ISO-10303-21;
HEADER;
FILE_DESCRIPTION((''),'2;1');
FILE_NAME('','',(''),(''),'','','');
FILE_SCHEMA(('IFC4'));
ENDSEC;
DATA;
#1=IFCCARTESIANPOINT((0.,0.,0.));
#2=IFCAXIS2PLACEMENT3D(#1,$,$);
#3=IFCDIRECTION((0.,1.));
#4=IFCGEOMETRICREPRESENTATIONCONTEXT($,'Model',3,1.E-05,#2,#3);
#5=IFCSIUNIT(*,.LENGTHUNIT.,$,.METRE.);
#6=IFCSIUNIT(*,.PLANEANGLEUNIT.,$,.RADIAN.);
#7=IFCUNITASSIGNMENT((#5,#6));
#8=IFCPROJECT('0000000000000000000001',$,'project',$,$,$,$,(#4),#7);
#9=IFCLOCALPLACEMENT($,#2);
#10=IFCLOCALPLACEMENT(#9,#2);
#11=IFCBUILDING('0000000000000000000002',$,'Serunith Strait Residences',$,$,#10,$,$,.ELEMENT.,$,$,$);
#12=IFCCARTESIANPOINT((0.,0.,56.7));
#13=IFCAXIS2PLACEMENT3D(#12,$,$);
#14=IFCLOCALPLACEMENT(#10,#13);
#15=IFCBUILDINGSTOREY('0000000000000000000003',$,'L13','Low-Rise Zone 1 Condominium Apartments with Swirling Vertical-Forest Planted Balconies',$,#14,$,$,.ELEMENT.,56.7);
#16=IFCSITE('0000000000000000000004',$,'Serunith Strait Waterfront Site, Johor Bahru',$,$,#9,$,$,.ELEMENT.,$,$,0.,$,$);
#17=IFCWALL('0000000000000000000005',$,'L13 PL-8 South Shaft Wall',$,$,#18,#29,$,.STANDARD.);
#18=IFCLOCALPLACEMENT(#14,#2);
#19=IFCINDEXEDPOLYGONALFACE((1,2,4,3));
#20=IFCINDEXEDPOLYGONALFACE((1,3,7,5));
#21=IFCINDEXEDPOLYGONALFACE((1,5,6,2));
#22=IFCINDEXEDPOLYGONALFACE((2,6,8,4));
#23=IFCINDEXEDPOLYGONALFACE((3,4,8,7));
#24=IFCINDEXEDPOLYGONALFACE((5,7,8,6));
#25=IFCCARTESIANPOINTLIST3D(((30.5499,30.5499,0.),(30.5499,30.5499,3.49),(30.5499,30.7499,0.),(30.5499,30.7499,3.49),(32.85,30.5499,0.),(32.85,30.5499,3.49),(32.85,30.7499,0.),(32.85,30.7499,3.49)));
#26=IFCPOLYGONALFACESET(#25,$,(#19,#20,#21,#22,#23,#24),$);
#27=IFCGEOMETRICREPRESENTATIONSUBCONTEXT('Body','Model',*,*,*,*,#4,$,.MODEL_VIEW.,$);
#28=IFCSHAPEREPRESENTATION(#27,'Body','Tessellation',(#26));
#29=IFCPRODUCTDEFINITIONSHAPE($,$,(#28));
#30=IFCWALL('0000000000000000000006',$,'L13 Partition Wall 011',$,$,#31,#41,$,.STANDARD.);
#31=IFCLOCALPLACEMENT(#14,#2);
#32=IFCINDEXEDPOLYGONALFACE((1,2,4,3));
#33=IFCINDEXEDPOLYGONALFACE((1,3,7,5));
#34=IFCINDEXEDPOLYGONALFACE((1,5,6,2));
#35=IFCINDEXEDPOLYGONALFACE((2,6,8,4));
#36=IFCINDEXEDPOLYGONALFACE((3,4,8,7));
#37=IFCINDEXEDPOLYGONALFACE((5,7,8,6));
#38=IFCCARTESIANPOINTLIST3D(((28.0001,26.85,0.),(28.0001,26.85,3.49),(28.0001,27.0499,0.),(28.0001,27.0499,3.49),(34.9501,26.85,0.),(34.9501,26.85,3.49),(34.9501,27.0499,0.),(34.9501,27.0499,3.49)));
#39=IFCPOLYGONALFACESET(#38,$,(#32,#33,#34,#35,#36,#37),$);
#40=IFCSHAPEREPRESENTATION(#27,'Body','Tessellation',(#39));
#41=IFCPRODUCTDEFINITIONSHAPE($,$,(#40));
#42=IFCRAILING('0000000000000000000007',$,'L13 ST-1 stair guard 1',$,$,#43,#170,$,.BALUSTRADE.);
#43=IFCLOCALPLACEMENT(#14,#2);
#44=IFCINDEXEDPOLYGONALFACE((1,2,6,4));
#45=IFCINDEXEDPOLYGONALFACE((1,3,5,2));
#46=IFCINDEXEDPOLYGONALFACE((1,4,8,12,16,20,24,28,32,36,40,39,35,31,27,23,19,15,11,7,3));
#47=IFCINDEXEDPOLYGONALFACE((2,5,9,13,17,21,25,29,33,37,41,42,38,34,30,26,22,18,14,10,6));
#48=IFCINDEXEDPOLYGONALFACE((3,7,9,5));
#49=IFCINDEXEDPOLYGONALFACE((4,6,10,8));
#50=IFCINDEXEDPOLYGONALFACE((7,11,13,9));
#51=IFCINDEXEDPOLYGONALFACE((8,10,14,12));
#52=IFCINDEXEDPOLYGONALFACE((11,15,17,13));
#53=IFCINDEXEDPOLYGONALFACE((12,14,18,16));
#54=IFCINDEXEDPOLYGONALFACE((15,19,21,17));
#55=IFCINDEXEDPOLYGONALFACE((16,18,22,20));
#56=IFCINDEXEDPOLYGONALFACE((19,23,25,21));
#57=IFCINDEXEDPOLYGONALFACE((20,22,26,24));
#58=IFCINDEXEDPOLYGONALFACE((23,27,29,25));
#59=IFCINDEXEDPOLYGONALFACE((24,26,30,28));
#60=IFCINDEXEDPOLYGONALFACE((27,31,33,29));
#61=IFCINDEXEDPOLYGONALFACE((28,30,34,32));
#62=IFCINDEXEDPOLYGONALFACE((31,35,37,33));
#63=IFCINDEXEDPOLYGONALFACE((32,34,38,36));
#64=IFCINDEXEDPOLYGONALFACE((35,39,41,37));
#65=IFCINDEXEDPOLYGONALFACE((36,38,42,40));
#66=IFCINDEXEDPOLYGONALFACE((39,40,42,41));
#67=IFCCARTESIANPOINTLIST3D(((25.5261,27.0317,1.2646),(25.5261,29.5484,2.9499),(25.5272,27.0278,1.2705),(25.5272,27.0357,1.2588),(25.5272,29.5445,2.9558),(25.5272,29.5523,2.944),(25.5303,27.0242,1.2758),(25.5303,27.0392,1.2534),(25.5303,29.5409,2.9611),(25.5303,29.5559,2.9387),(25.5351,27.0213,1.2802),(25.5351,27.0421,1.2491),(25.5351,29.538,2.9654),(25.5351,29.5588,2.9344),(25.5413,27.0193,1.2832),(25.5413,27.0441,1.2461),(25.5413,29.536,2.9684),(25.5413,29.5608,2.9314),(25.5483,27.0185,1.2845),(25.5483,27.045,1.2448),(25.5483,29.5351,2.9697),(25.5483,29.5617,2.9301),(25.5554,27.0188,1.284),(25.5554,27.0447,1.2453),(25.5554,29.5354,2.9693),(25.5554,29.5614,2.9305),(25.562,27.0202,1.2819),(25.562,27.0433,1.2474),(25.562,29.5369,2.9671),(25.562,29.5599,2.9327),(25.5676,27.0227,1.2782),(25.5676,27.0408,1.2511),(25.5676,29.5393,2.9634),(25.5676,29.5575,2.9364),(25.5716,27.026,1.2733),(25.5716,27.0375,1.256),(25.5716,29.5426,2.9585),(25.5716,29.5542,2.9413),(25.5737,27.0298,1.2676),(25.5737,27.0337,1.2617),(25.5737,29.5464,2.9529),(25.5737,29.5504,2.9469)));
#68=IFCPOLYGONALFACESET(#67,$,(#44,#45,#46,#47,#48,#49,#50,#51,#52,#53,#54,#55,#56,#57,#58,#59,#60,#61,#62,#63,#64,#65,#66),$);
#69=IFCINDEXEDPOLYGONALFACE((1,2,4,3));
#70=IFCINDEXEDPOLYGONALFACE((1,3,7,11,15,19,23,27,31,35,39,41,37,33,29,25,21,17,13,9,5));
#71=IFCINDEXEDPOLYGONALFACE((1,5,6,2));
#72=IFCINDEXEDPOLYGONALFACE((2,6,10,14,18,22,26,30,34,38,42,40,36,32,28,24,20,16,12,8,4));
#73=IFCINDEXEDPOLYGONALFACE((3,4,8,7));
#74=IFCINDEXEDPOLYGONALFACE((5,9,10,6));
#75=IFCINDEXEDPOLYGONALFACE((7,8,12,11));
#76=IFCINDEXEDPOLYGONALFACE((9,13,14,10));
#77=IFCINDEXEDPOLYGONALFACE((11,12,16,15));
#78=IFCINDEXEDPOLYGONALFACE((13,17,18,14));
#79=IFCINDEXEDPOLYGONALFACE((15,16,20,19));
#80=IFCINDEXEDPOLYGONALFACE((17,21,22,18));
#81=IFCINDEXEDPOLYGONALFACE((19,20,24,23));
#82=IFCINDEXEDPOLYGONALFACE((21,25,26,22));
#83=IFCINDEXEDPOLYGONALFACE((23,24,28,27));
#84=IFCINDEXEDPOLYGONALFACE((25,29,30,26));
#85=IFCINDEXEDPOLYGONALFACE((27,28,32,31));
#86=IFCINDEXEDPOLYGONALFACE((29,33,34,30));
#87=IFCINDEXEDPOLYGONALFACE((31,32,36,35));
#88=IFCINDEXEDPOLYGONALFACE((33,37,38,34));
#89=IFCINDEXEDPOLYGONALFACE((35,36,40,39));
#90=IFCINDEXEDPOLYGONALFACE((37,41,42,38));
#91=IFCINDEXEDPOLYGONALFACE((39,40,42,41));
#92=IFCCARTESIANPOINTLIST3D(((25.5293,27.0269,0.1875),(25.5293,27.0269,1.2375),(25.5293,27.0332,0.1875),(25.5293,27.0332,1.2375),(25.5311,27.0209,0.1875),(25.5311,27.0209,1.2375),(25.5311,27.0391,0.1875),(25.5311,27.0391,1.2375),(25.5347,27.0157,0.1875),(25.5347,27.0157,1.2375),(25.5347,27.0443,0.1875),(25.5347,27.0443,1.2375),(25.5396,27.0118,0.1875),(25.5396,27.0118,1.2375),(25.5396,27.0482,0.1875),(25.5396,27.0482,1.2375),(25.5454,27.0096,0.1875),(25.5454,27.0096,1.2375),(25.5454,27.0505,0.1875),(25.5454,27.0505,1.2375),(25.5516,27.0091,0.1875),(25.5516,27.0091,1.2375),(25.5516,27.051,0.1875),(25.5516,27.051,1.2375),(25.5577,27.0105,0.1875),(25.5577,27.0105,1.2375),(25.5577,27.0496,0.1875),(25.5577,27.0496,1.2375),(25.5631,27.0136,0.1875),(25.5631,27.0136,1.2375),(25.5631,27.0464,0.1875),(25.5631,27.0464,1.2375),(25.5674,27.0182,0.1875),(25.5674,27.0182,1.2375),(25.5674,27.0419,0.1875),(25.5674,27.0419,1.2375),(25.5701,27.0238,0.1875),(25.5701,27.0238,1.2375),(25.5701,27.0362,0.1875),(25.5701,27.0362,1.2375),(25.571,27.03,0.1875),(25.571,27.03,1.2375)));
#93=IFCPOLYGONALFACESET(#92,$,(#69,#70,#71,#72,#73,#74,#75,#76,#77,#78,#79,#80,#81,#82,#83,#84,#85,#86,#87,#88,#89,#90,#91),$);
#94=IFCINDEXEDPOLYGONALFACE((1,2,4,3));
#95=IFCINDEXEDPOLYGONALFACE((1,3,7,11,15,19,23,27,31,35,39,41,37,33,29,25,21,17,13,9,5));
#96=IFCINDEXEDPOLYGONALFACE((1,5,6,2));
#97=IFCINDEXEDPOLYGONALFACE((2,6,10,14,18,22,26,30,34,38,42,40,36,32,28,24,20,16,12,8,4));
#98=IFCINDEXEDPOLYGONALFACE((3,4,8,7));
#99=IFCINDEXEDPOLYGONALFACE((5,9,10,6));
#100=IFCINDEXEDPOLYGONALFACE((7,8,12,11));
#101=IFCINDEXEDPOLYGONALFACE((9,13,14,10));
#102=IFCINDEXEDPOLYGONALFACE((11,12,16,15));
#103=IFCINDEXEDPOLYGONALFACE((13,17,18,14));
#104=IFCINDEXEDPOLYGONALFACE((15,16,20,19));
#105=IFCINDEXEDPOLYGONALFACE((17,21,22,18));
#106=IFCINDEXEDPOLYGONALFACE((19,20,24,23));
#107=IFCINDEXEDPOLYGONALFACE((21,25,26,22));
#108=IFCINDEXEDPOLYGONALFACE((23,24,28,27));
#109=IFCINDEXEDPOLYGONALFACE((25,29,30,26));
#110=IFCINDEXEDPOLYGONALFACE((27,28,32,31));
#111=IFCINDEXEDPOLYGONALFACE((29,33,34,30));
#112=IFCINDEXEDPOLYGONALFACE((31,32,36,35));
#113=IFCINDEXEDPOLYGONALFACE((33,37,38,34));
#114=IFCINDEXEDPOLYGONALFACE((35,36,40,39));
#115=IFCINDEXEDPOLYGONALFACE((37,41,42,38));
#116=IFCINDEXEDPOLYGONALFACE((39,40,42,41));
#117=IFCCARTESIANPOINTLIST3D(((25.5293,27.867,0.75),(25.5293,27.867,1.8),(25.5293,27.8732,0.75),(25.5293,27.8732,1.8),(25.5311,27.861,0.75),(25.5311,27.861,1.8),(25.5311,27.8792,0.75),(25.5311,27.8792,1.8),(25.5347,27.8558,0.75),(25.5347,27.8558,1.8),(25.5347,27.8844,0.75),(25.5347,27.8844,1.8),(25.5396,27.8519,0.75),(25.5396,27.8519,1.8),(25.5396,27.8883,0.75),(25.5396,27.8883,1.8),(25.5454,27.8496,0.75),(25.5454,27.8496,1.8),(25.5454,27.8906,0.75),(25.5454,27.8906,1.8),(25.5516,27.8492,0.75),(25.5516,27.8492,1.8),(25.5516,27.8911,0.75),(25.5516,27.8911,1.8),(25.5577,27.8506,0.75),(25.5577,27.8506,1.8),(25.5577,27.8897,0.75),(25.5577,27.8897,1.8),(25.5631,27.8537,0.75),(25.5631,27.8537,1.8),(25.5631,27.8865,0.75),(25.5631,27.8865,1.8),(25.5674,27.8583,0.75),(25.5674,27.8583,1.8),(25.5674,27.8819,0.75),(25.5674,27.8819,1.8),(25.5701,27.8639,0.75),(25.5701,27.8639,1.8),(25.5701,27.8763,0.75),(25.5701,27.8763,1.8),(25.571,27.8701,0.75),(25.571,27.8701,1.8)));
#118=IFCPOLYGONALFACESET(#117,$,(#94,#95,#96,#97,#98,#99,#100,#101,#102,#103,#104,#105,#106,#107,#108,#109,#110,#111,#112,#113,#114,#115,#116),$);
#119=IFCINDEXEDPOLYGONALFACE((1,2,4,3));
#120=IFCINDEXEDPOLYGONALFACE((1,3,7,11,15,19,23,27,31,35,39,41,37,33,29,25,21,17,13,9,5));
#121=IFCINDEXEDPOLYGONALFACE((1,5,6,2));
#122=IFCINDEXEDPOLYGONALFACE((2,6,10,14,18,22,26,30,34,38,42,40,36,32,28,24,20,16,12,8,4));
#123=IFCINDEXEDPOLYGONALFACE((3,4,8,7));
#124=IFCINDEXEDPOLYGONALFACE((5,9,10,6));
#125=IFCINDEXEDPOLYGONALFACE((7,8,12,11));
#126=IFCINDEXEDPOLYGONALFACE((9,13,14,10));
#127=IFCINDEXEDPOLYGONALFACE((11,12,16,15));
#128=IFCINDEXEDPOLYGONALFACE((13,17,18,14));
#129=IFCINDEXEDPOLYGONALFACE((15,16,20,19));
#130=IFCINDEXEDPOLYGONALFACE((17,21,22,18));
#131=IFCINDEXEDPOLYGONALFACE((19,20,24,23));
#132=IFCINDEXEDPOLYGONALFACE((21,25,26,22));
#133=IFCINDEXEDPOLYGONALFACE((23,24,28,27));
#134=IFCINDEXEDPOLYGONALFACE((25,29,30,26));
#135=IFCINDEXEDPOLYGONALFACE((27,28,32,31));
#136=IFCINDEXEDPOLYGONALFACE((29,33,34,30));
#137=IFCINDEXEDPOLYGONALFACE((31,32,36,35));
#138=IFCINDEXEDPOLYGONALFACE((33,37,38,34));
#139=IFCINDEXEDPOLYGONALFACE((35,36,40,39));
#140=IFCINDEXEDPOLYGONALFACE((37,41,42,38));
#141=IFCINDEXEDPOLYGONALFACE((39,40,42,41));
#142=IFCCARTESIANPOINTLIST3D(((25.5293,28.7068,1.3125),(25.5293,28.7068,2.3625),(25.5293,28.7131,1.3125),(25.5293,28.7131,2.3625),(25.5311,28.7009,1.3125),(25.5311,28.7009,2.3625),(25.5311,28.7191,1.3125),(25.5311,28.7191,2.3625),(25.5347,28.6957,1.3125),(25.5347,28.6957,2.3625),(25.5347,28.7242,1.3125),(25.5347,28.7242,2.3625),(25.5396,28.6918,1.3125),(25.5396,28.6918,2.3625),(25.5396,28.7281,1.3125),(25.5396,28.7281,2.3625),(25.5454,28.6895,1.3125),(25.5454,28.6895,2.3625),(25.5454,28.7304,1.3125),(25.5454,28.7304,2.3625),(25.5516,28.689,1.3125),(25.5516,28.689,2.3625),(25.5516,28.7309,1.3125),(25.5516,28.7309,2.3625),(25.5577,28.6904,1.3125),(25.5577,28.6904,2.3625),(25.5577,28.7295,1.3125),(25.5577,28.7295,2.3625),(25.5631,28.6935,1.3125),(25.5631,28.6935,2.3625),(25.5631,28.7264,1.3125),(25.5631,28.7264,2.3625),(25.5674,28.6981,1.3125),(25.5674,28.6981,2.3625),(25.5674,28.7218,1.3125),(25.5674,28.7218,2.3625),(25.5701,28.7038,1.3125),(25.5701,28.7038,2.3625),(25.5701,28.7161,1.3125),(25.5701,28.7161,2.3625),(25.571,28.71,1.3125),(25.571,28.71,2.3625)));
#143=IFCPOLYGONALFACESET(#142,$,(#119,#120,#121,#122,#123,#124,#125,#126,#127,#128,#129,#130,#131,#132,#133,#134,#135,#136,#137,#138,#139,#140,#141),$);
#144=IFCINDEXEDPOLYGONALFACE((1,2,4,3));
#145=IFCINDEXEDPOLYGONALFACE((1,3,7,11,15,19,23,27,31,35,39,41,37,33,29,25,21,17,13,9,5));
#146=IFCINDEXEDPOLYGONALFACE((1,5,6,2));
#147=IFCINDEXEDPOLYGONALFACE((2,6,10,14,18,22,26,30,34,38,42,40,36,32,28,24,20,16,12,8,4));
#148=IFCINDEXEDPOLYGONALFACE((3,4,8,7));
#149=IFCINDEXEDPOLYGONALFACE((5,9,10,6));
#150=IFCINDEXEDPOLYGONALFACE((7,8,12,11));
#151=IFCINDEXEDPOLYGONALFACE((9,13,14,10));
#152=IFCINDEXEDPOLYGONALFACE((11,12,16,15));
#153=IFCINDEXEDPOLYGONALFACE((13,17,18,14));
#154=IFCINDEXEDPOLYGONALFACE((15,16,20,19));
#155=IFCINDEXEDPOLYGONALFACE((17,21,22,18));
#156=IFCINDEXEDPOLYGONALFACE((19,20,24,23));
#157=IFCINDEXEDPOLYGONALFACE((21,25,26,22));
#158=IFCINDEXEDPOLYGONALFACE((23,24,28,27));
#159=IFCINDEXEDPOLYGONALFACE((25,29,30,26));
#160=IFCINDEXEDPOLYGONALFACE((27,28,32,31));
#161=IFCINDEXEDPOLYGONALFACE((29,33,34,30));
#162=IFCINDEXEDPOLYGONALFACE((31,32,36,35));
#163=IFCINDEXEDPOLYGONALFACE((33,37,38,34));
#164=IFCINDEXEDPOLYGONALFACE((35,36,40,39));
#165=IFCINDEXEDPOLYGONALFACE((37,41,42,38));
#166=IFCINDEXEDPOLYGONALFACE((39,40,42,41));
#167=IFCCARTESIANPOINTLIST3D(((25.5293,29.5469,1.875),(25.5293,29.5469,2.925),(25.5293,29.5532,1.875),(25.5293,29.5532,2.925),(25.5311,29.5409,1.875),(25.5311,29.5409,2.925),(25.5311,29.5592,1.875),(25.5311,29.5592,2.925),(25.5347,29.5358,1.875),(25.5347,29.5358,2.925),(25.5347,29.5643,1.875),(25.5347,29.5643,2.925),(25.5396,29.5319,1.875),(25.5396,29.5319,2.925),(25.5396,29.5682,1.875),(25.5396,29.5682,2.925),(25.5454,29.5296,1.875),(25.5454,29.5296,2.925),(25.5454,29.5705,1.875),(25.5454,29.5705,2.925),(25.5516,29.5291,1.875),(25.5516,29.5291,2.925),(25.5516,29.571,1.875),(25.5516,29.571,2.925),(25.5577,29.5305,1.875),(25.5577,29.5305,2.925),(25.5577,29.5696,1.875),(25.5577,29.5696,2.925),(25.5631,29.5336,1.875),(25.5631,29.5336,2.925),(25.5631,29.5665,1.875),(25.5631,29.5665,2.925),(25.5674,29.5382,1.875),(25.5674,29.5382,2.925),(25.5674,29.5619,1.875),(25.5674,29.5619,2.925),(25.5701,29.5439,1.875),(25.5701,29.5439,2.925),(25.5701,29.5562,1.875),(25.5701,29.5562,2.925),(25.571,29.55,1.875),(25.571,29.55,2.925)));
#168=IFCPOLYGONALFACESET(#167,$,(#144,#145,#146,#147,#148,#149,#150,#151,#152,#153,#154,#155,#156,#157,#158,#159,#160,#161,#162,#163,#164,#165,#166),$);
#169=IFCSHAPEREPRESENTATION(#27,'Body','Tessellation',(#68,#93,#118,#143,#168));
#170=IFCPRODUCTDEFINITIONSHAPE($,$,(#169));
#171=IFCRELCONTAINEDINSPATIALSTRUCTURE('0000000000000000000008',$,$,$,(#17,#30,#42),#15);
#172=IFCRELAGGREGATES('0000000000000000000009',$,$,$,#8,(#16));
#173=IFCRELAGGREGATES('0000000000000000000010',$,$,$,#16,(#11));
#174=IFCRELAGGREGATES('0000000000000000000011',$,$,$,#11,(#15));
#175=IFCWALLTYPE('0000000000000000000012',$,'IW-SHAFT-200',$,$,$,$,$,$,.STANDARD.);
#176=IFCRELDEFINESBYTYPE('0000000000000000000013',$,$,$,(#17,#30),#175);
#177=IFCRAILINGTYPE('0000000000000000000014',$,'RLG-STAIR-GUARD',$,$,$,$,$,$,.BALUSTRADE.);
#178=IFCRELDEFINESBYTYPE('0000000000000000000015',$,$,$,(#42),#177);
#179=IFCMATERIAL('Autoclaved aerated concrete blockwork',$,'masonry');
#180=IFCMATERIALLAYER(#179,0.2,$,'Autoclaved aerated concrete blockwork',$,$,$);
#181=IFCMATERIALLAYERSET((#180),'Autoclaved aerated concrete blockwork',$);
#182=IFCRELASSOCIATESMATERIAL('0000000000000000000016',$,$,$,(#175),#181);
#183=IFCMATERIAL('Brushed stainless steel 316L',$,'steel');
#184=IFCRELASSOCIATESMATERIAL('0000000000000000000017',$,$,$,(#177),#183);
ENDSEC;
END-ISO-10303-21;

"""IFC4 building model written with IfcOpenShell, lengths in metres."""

from ifc_helpers import new_model, si_unit, direction, frame, frame_2d, origin, origin_2d, place, context, subcontext, project, spatial, rectangle, circle, extrude, material, layer, layer_set, type_object, element, save


model = new_model("IFC4")

# Units and contexts
model_context = context("Model", 3, precision=1e-05, world=origin(), true_north=direction((0.0, 1.0)))
body_context = subcontext(model_context, "Body", "Model", "MODEL_VIEW")
ifc_project = project(units=[si_unit("LENGTHUNIT", "METRE"), si_unit("PLANEANGLEUNIT", "RADIAN")], contexts=[model_context])

# Site, building, storey
site_placement = place(None, origin())
site = spatial("IfcSite", under=ifc_project, at=site_placement, Name="Serunith Strait Waterfront Site, Johor Bahru", CompositionType="ELEMENT", RefElevation=0.0)
building_placement = place(site_placement, origin())
building = spatial("IfcBuilding", under=site, at=building_placement, Name="Serunith Strait Residences", CompositionType="ELEMENT")
storey_placement = place(building_placement, frame((0.0, 0.0, 56.7)))
storey = spatial("IfcBuildingStorey", under=building, at=storey_placement, Name="L13", Description="Low-Rise Zone 1 Condominium Apartments with Swirling Vertical-Forest Planted Balconies", CompositionType="ELEMENT", Elevation=56.7)

# Walls
ifc_material_1 = material(Name="Autoclaved aerated concrete blockwork", Category="masonry")
ifc_layer_1 = layer(ifc_material_1, 0.2, Name="Autoclaved aerated concrete blockwork")
ifc_layer_set_1 = layer_set([ifc_layer_1], Name="Autoclaved aerated concrete blockwork")
wall_type_1 = type_object("IfcWallType", Name="IW-SHAFT-200", PredefinedType="STANDARD", material=ifc_layer_set_1)
wall_1_placement = place(storey_placement, frame((30.55, 30.6499, 0.0), z_axis=(0.0, 0.0, 1.0), x_axis=(1.0, 0.0, 0.0)))
element("IfcWall", 1, at=wall_1_placement, inside=storey, type_object=wall_type_1, Name="L13 PL-8 South Shaft Wall", PredefinedType="STANDARD", context=body_context, shape_type="SweptSolid", body=[
    extrude(rectangle(XDim=2.3, YDim=0.2, at=frame_2d((1.1499, 0.0))), origin(), (0.0, 0.0, 1.0), 3.49),
])
wall_2_placement = place(storey_placement, frame((28.0, 26.95, 0.0), z_axis=(0.0, 0.0, 1.0), x_axis=(1.0, 0.0, 0.0)))
element("IfcWall", 2, at=wall_2_placement, inside=storey, type_object=wall_type_1, Name="L13 Partition Wall 011", PredefinedType="STANDARD", context=body_context, shape_type="SweptSolid", body=[
    extrude(rectangle(XDim=6.95, YDim=0.2, at=frame_2d((3.4751, 0.0))), origin(), (0.0, 0.0, 1.0), 3.49),
])

# Railing
ifc_material_2 = material(Name="Brushed stainless steel 316L", Category="steel")
railing_type_1 = type_object("IfcRailingType", Name="RLG-STAIR-GUARD", PredefinedType="BALUSTRADE", material=ifc_material_2)
railing_1_placement = place(storey_placement, frame((25.55, 27.03, 0.1875)))
element("IfcRailing", 3, at=railing_1_placement, inside=storey, type_object=railing_type_1, Name="L13 ST-1 stair guard 1", PredefinedType="BALUSTRADE", context=body_context, shape_type="SweptSolid", body=[
    extrude(circle(Radius=0.0239, at=origin_2d()), frame((0.0, 0.0017, 1.0771), z_axis=(0.0, 0.830909, 0.556408), x_axis=(-1.0, 0.0, 0.0)), (0.0, 0.0, 1.0), 3.0288),
    extrude(circle(Radius=0.021, at=origin_2d()), origin(), (0.0, 0.0, 1.0), 1.05),
    extrude(circle(Radius=0.021, at=origin_2d()), frame((0.0, 0.8401, 0.5625)), (0.0, 0.0, 1.0), 1.05),
    extrude(circle(Radius=0.021, at=origin_2d()), frame((0.0, 1.6799, 1.125)), (0.0, 0.0, 1.0), 1.05),
    extrude(circle(Radius=0.021, at=origin_2d()), frame((0.0, 2.52, 1.6875)), (0.0, 0.0, 1.0), 1.05),
])

save(model, "model.ifc")
